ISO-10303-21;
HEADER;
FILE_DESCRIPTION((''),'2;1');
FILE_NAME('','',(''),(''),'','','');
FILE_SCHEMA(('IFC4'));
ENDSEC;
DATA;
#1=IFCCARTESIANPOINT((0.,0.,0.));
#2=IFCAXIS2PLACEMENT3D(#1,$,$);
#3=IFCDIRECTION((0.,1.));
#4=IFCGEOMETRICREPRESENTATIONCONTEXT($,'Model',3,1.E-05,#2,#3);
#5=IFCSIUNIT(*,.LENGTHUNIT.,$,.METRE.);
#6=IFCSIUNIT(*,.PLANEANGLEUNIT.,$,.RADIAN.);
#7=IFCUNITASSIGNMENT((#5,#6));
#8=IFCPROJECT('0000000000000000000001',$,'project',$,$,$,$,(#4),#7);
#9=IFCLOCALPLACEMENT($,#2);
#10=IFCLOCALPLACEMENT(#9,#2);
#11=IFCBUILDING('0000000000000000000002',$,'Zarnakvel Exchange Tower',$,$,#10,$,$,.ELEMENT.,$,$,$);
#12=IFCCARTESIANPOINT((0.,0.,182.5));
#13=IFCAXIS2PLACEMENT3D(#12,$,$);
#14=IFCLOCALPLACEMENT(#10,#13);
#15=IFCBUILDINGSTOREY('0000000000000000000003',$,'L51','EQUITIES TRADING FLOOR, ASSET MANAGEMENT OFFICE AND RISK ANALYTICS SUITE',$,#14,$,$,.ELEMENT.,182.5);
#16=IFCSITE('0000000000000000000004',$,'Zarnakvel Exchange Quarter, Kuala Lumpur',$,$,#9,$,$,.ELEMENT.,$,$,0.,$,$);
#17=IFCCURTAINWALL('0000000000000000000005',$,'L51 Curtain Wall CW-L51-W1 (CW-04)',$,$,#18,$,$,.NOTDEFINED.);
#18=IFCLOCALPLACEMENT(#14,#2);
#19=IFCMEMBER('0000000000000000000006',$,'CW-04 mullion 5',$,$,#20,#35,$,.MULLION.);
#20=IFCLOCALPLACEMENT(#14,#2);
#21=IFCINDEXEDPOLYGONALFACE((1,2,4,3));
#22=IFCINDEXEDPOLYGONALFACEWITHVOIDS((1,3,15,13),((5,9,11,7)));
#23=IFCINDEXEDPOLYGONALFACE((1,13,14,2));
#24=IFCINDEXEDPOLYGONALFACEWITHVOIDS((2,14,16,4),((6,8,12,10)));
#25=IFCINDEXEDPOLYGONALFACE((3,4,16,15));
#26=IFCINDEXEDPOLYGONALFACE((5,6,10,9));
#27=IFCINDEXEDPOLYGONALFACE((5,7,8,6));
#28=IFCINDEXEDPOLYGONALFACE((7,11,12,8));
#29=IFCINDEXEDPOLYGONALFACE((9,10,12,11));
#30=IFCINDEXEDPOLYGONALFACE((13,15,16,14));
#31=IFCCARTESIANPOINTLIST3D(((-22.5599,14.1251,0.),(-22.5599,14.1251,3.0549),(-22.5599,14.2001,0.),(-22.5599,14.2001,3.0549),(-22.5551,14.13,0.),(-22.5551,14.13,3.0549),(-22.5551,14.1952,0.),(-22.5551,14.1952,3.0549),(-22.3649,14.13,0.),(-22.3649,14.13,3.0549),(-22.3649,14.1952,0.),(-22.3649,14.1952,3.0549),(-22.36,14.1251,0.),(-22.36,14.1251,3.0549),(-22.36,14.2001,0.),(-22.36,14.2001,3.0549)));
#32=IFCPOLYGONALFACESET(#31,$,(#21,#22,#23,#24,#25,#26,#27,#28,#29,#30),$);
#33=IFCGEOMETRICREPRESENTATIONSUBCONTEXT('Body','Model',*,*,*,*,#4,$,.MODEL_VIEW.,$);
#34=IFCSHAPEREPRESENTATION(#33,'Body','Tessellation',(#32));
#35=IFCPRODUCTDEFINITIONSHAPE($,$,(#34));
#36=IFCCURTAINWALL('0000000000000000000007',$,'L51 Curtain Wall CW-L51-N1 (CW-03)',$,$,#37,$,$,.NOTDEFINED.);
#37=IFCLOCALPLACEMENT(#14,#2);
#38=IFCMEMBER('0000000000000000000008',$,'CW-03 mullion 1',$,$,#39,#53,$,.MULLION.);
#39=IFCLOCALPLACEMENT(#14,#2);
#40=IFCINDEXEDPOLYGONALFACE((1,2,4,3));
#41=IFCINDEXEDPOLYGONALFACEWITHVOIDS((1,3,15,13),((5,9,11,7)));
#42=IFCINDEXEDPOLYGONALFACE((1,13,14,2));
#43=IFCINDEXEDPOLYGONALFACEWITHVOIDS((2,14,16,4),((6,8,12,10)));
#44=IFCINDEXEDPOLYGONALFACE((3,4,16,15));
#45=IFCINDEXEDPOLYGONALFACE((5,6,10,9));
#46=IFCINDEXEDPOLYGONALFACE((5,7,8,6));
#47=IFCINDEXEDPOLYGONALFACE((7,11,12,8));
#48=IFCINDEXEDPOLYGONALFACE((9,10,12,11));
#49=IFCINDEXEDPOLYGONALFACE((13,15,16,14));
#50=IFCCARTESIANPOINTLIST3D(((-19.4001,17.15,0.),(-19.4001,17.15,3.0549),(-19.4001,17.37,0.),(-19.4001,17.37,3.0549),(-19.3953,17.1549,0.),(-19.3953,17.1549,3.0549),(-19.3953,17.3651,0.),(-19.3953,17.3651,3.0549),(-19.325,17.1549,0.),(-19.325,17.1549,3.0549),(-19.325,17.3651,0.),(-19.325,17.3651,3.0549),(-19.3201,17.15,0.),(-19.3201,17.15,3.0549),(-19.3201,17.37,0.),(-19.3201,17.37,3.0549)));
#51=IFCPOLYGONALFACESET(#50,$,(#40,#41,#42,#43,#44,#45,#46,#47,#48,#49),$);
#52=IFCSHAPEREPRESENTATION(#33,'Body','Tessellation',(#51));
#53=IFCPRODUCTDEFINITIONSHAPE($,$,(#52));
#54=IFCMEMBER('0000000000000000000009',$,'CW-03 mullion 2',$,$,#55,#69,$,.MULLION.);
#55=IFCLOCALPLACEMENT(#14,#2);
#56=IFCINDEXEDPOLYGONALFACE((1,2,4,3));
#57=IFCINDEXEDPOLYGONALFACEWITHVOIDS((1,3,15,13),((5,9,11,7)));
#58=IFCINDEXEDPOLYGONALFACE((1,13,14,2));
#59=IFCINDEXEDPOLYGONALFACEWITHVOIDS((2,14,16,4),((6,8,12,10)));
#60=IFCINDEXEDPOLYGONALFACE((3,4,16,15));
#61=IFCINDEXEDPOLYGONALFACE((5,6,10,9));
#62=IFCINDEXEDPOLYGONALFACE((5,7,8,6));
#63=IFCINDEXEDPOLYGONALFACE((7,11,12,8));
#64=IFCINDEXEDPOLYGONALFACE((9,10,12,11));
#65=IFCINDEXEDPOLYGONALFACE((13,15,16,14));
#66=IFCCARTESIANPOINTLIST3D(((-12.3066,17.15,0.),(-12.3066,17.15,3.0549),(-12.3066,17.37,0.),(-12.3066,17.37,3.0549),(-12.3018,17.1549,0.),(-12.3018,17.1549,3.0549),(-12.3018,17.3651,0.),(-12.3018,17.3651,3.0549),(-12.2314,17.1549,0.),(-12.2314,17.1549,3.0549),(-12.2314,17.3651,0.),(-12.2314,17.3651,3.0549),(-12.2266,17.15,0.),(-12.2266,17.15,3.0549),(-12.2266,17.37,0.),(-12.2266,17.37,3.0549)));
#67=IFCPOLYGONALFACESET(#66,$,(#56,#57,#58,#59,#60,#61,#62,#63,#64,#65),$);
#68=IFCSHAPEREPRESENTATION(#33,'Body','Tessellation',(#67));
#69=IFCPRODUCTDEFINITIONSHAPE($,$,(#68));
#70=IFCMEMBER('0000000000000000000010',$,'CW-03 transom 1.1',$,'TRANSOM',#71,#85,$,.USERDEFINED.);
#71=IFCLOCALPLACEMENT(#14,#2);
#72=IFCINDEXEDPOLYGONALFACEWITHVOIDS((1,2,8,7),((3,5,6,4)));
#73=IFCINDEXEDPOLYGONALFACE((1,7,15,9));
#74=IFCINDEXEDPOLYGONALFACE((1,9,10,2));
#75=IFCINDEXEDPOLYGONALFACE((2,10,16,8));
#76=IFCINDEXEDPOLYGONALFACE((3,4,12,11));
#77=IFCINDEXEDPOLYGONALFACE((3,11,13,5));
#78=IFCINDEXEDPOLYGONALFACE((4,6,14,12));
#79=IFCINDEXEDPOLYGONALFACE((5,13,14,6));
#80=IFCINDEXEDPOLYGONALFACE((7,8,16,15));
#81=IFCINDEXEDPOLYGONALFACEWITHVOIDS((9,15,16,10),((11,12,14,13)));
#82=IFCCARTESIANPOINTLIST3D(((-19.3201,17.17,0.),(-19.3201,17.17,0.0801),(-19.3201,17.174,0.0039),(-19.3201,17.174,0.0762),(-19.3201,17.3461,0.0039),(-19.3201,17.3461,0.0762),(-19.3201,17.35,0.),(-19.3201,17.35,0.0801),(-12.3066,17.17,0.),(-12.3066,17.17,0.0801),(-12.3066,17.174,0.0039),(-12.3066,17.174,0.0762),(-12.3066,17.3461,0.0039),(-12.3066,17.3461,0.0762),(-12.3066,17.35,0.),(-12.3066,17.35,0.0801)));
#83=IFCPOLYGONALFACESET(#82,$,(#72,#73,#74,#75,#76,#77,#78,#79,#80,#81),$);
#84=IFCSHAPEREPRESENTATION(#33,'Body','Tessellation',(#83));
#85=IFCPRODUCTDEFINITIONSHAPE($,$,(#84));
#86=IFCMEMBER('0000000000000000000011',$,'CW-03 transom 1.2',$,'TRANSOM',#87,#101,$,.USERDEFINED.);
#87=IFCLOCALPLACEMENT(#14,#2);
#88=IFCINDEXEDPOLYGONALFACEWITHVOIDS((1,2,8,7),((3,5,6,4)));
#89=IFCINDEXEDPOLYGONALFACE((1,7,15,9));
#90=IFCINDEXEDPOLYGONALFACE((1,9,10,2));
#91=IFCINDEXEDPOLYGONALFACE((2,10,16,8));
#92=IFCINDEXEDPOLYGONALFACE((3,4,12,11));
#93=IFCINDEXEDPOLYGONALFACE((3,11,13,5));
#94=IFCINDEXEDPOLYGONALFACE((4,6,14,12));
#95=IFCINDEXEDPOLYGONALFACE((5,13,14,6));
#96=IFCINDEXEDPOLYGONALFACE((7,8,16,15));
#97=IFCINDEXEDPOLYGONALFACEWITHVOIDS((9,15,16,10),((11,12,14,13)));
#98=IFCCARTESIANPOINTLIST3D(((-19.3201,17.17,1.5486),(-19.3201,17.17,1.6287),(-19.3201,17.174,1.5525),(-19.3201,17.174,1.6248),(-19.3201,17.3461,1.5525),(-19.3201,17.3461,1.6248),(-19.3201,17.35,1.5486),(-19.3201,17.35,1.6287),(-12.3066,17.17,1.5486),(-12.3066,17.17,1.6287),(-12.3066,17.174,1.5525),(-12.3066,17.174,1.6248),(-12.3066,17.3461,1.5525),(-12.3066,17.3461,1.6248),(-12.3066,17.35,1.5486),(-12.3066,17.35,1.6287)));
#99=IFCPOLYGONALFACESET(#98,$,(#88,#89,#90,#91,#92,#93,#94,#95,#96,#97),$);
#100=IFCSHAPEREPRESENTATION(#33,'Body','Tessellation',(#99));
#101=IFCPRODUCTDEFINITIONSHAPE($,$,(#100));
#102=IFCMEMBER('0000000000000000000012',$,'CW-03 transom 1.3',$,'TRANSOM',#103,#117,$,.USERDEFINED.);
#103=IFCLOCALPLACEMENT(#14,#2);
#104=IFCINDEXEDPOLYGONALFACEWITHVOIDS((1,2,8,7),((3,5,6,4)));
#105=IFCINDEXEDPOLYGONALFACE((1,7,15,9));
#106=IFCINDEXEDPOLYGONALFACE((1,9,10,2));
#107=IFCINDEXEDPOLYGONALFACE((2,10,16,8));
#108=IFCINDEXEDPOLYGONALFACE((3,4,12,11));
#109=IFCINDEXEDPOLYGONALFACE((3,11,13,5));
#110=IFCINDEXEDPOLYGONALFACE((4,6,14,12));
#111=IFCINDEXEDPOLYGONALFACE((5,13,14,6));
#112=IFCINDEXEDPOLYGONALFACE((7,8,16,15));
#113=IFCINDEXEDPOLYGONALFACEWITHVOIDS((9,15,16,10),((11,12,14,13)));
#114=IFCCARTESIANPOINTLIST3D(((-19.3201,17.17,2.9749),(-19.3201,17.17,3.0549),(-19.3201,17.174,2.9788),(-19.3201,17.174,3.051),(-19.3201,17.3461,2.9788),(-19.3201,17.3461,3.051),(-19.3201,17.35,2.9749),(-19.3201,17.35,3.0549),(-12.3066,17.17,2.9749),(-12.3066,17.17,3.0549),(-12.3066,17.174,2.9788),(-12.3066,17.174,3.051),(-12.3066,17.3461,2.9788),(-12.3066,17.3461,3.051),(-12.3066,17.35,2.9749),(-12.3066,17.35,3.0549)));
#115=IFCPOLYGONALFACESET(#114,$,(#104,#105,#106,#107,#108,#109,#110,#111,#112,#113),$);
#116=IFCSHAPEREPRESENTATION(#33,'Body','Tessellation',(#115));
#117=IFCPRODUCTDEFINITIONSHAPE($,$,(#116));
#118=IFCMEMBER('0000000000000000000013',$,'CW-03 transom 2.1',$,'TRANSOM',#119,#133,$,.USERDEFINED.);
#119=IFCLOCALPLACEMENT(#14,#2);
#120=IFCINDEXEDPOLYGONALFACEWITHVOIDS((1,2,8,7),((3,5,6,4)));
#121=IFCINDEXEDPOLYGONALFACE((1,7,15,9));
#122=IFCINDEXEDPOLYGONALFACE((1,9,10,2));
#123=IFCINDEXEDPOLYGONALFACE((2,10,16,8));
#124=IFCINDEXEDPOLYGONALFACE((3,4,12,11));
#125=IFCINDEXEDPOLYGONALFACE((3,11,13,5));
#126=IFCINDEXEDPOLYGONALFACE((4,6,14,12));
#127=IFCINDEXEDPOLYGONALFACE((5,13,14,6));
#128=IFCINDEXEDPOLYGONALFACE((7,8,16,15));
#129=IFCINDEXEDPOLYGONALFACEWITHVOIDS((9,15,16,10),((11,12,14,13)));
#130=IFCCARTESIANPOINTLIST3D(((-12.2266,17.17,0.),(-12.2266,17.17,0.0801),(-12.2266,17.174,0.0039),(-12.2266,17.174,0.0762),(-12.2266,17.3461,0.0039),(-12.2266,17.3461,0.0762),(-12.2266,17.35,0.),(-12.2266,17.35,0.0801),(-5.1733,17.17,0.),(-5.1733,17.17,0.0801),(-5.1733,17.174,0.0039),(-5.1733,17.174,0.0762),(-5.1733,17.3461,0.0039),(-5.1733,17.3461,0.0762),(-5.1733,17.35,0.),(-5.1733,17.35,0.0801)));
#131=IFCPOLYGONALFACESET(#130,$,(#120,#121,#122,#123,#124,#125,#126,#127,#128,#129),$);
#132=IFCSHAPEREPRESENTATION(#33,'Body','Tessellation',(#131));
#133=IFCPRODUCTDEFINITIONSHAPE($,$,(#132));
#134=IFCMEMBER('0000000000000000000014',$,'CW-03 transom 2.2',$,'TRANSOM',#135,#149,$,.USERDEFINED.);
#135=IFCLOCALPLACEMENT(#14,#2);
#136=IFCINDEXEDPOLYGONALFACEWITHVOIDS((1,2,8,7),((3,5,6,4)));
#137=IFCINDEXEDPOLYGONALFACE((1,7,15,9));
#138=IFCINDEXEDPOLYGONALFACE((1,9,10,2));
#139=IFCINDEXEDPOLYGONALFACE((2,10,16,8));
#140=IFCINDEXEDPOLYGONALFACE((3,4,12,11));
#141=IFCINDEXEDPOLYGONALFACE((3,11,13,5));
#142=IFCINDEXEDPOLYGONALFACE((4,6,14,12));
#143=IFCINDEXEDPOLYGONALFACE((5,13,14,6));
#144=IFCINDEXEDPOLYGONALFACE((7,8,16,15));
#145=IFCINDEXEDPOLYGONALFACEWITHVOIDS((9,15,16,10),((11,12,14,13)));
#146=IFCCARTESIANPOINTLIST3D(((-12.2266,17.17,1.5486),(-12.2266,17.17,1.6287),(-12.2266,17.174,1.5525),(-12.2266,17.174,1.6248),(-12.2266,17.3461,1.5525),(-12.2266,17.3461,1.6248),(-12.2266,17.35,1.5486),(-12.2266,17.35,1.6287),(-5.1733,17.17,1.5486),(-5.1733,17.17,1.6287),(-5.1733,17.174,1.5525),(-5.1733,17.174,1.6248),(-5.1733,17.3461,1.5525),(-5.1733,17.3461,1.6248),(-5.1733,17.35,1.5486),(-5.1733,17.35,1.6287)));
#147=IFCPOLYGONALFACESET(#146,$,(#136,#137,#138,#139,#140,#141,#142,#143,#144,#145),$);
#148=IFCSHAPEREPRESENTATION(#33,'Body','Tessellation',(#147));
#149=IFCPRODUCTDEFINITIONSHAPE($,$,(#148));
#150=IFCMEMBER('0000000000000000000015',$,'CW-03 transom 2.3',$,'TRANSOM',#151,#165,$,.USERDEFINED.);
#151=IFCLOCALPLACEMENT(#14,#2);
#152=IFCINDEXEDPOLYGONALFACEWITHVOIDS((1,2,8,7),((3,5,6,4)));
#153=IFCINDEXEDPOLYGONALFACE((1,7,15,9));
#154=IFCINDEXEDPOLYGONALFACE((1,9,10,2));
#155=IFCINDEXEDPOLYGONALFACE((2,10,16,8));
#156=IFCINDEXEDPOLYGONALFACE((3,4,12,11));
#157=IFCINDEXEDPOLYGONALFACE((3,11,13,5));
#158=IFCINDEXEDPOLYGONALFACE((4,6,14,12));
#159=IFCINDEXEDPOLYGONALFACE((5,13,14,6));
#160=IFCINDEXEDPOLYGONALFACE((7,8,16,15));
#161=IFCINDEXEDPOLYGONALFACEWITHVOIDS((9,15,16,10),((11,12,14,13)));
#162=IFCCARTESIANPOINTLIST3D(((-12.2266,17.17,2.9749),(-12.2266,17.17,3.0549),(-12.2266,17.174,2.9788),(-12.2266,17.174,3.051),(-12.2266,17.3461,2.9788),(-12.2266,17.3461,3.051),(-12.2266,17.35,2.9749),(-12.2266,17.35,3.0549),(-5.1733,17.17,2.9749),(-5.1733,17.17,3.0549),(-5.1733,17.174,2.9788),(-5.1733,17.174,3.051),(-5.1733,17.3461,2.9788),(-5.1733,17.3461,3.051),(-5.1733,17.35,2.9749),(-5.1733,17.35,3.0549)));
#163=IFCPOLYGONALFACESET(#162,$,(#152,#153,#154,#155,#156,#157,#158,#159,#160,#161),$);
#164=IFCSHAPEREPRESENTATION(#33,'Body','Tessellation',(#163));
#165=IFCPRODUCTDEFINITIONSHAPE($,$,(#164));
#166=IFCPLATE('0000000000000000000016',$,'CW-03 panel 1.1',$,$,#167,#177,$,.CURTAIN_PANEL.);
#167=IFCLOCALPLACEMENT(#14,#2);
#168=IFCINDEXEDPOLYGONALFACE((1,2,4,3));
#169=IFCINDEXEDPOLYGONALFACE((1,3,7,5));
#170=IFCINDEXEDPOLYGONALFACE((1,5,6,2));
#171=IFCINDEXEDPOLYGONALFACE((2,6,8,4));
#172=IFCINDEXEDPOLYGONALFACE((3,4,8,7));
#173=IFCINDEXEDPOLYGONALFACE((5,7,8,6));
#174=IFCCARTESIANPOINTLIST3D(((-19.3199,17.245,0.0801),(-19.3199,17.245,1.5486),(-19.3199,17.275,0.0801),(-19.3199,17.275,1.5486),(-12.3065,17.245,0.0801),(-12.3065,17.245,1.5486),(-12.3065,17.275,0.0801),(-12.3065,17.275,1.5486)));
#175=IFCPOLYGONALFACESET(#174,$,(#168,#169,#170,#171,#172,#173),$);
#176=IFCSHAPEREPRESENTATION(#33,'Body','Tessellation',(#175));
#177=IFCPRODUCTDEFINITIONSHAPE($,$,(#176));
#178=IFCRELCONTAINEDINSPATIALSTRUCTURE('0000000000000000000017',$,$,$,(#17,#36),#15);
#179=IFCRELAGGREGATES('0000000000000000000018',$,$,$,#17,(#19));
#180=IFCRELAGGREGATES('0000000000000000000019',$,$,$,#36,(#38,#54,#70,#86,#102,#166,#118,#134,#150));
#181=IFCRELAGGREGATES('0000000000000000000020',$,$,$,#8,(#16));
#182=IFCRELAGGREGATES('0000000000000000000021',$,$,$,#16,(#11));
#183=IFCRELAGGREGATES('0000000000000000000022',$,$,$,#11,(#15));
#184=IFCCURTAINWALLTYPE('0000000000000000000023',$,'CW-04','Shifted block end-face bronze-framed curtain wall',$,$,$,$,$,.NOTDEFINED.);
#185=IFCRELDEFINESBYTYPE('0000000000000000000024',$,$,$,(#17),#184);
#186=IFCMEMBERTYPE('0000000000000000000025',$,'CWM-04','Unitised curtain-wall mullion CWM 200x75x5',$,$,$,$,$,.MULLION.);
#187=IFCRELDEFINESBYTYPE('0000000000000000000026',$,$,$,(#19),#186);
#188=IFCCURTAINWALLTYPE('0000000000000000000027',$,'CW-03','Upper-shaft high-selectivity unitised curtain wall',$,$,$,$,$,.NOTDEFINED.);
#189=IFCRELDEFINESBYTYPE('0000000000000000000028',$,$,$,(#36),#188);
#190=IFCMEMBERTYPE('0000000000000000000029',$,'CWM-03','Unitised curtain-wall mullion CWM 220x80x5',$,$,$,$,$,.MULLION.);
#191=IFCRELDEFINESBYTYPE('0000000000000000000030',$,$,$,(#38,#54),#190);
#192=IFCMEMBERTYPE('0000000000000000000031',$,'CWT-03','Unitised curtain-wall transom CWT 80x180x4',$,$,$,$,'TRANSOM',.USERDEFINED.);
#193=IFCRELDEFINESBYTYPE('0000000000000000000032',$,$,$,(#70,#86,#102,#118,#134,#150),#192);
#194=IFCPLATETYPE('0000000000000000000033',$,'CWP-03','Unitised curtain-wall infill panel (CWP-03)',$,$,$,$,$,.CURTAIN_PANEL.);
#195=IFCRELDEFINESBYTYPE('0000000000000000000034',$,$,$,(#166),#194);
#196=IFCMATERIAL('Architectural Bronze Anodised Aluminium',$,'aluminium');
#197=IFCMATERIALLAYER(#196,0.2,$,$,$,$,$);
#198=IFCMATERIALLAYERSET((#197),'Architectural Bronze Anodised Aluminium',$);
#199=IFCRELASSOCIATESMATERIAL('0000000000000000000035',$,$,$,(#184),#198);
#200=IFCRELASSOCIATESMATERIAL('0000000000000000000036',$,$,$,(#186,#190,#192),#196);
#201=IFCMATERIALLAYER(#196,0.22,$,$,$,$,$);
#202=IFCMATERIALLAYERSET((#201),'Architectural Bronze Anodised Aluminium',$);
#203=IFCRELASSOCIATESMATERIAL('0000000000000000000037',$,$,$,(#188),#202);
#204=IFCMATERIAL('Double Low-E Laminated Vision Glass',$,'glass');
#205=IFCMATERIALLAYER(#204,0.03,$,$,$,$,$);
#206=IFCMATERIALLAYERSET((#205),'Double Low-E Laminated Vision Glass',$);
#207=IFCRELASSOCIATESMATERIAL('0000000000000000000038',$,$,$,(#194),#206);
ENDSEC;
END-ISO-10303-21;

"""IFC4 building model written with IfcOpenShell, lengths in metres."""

from ifc_helpers import new_model, si_unit, direction, frame, origin, origin_2d, place, context, subcontext, project, spatial, rectangle, hollow_rectangle, extrude, source, transform, mapped, material, layer, layer_set, material_profile, profile_set, type_object, element, aggregate, save


model = new_model("IFC4")

# Units and contexts
model_context = context("Model", 3, precision=1e-05, world=origin(), true_north=direction((0.0, 1.0)))
body_context = subcontext(model_context, "Body", "Model", "MODEL_VIEW")
ifc_project = project(units=[si_unit("LENGTHUNIT", "METRE"), si_unit("PLANEANGLEUNIT", "RADIAN")], contexts=[model_context])

# Site, building, storey
site_placement = place(None, origin())
site = spatial("IfcSite", under=ifc_project, at=site_placement, Name="Zarnakvel Exchange Quarter, Kuala Lumpur", CompositionType="ELEMENT", RefElevation=0.0)
building_placement = place(site_placement, origin())
building = spatial("IfcBuilding", under=site, at=building_placement, Name="Zarnakvel Exchange Tower", CompositionType="ELEMENT")
storey_placement = place(building_placement, frame((0.0, 0.0, 182.5)))
storey = spatial("IfcBuildingStorey", under=building, at=storey_placement, Name="L51", Description="EQUITIES TRADING FLOOR, ASSET MANAGEMENT OFFICE AND RISK ANALYTICS SUITE", CompositionType="ELEMENT", Elevation=182.5)

# Curtain wall, member
ifc_material_1 = material(Name="Architectural Bronze Anodised Aluminium", Category="aluminium")
ifc_layer_1 = layer(ifc_material_1, 0.2)
ifc_layer_set_1 = layer_set([ifc_layer_1], Name="Architectural Bronze Anodised Aluminium")
curtain_wall_type_1 = type_object("IfcCurtainWallType", Name="CW-04", Description="Shifted block end-face bronze-framed curtain wall", PredefinedType="NOTDEFINED", material=ifc_layer_set_1)
curtain_wall_1_placement = place(storey_placement, origin())
curtain_wall_1 = element("IfcCurtainWall", 1, at=curtain_wall_1_placement, inside=storey, type_object=curtain_wall_type_1, Name="L51 Curtain Wall CW-L51-W1 (CW-04)", PredefinedType="NOTDEFINED")
ifc_material_profile_1 = material_profile(ifc_material_1, hollow_rectangle(XDim=0.2, YDim=0.075, WallThickness=0.0049, at=origin_2d()))
ifc_profile_set_1 = profile_set([ifc_material_profile_1], Name="Architectural Bronze Anodised Aluminium")
member_type_1 = type_object("IfcMemberType", Name="CWM-04", Description="Unitised curtain-wall mullion CWM 200x75x5", PredefinedType="MULLION", material=ifc_profile_set_1)
shared_shape_1 = source(origin(), body_context, "Body", "SweptSolid", [
    extrude(hollow_rectangle(XDim=0.2, YDim=0.075, WallThickness=0.0049, at=origin_2d()), origin(), (0.0, 0.0, 1.0), 3.0549),
])
member_1_placement = place(storey_placement, frame((-22.46, 14.1626, 0.0), z_axis=(0.0, 0.0, 1.0), x_axis=(-1.0, 0.0, 0.0)))
member_1 = element("IfcMember", 2, at=member_1_placement, type_object=member_type_1, Name="CW-04 mullion 5", PredefinedType="MULLION", context=body_context, shape_type="MappedRepresentation", body=[
    mapped(shared_shape_1, transform((0.0, 0.0, 0.0), x_axis=(1.0, 0.0, 0.0), y_axis=(0.0, 1.0, 0.0), z_axis=(0.0, 0.0, 1.0), scale=1.0)),
])
aggregate(curtain_wall_1, [member_1])

# Curtain wall, members, plate
ifc_layer_2 = layer(ifc_material_1, 0.22)
ifc_layer_set_2 = layer_set([ifc_layer_2], Name="Architectural Bronze Anodised Aluminium")
curtain_wall_type_2 = type_object("IfcCurtainWallType", Name="CW-03", Description="Upper-shaft high-selectivity unitised curtain wall", PredefinedType="NOTDEFINED", material=ifc_layer_set_2)
curtain_wall_2_placement = place(storey_placement, origin())
curtain_wall_2 = element("IfcCurtainWall", 3, at=curtain_wall_2_placement, inside=storey, type_object=curtain_wall_type_2, Name="L51 Curtain Wall CW-L51-N1 (CW-03)", PredefinedType="NOTDEFINED")
ifc_material_profile_2 = material_profile(ifc_material_1, hollow_rectangle(XDim=0.22, YDim=0.0801, WallThickness=0.0049, at=origin_2d()))
ifc_profile_set_2 = profile_set([ifc_material_profile_2], Name="Architectural Bronze Anodised Aluminium")
member_type_2 = type_object("IfcMemberType", Name="CWM-03", Description="Unitised curtain-wall mullion CWM 220x80x5", PredefinedType="MULLION", material=ifc_profile_set_2)
shared_shape_2 = source(origin(), body_context, "Body", "SweptSolid", [
    extrude(hollow_rectangle(XDim=0.22, YDim=0.0801, WallThickness=0.0049, at=origin_2d()), origin(), (0.0, 0.0, 1.0), 3.0549),
])
member_2_placement = place(storey_placement, frame((-19.3601, 17.26, 0.0), z_axis=(0.0, 0.0, 1.0), x_axis=(0.0, 1.0, 0.0)))
member_2 = element("IfcMember", 4, at=member_2_placement, type_object=member_type_2, Name="CW-03 mullion 1", PredefinedType="MULLION", context=body_context, shape_type="MappedRepresentation", body=[
    mapped(shared_shape_2, transform((0.0, 0.0, 0.0), x_axis=(1.0, 0.0, 0.0), y_axis=(0.0, 1.0, 0.0), z_axis=(0.0, 0.0, 1.0), scale=1.0)),
])
member_3_placement = place(storey_placement, frame((-12.2666, 17.26, 0.0), z_axis=(0.0, 0.0, 1.0), x_axis=(0.0, 1.0, 0.0)))
member_3 = element("IfcMember", 5, at=member_3_placement, type_object=member_type_2, Name="CW-03 mullion 2", PredefinedType="MULLION", context=body_context, shape_type="MappedRepresentation", body=[
    mapped(shared_shape_2, transform((0.0, 0.0, 0.0), x_axis=(1.0, 0.0, 0.0), y_axis=(0.0, 1.0, 0.0), z_axis=(0.0, 0.0, 1.0), scale=1.0)),
])
ifc_material_profile_3 = material_profile(ifc_material_1, hollow_rectangle(XDim=0.1799, YDim=0.0801, WallThickness=0.0039, at=origin_2d()))
ifc_profile_set_3 = profile_set([ifc_material_profile_3], Name="Architectural Bronze Anodised Aluminium")
member_type_3 = type_object("IfcMemberType", Name="CWT-03", Description="Unitised curtain-wall transom CWT 80x180x4", ElementType="TRANSOM", PredefinedType="USERDEFINED", material=ifc_profile_set_3)
shared_shape_3 = source(origin(), body_context, "Body", "SweptSolid", [
    extrude(hollow_rectangle(XDim=0.1799, YDim=0.0801, WallThickness=0.0039, at=origin_2d()), origin(), (0.0, 0.0, 1.0), 7.0134),
])
member_4_placement = place(storey_placement, frame((-19.3201, 17.26, 0.04), z_axis=(1.0, 0.0, 0.0), x_axis=(0.0, 1.0, 0.0)))
member_4 = element("IfcMember", 6, at=member_4_placement, type_object=member_type_3, Name="CW-03 transom 1.1", ObjectType="TRANSOM", PredefinedType="USERDEFINED", context=body_context, shape_type="MappedRepresentation", body=[
    mapped(shared_shape_3, transform((0.0, 0.0, 0.0), x_axis=(1.0, 0.0, 0.0), y_axis=(0.0, 1.0, 0.0), z_axis=(0.0, 0.0, 1.0), scale=1.0)),
])
member_5_placement = place(storey_placement, frame((-19.3201, 17.26, 1.5886), z_axis=(1.0, 0.0, 0.0), x_axis=(0.0, 1.0, 0.0)))
member_5 = element("IfcMember", 7, at=member_5_placement, type_object=member_type_3, Name="CW-03 transom 1.2", ObjectType="TRANSOM", PredefinedType="USERDEFINED", context=body_context, shape_type="MappedRepresentation", body=[
    mapped(shared_shape_3, transform((0.0, 0.0, 0.0), x_axis=(1.0, 0.0, 0.0), y_axis=(0.0, 1.0, 0.0), z_axis=(0.0, 0.0, 1.0), scale=1.0)),
])
member_6_placement = place(storey_placement, frame((-19.3201, 17.26, 3.0149), z_axis=(1.0, 0.0, 0.0), x_axis=(0.0, 1.0, 0.0)))
member_6 = element("IfcMember", 8, at=member_6_placement, type_object=member_type_3, Name="CW-03 transom 1.3", ObjectType="TRANSOM", PredefinedType="USERDEFINED", context=body_context, shape_type="MappedRepresentation", body=[
    mapped(shared_shape_3, transform((0.0, 0.0, 0.0), x_axis=(1.0, 0.0, 0.0), y_axis=(0.0, 1.0, 0.0), z_axis=(0.0, 0.0, 1.0), scale=1.0)),
])
shared_shape_4 = source(origin(), body_context, "Body", "SweptSolid", [
    extrude(hollow_rectangle(XDim=0.1799, YDim=0.0801, WallThickness=0.0039, at=origin_2d()), origin(), (0.0, 0.0, 1.0), 7.0532),
])
member_7_placement = place(storey_placement, frame((-12.2266, 17.26, 0.04), z_axis=(1.0, 0.0, 0.0), x_axis=(0.0, 1.0, 0.0)))
member_7 = element("IfcMember", 9, at=member_7_placement, type_object=member_type_3, Name="CW-03 transom 2.1", ObjectType="TRANSOM", PredefinedType="USERDEFINED", context=body_context, shape_type="MappedRepresentation", body=[
    mapped(shared_shape_4, transform((0.0, 0.0, 0.0), x_axis=(1.0, 0.0, 0.0), y_axis=(0.0, 1.0, 0.0), z_axis=(0.0, 0.0, 1.0), scale=1.0)),
])
member_8_placement = place(storey_placement, frame((-12.2266, 17.26, 1.5886), z_axis=(1.0, 0.0, 0.0), x_axis=(0.0, 1.0, 0.0)))
member_8 = element("IfcMember", 10, at=member_8_placement, type_object=member_type_3, Name="CW-03 transom 2.2", ObjectType="TRANSOM", PredefinedType="USERDEFINED", context=body_context, shape_type="MappedRepresentation", body=[
    mapped(shared_shape_4, transform((0.0, 0.0, 0.0), x_axis=(1.0, 0.0, 0.0), y_axis=(0.0, 1.0, 0.0), z_axis=(0.0, 0.0, 1.0), scale=1.0)),
])
member_9_placement = place(storey_placement, frame((-12.2266, 17.26, 3.0149), z_axis=(1.0, 0.0, 0.0), x_axis=(0.0, 1.0, 0.0)))
member_9 = element("IfcMember", 11, at=member_9_placement, type_object=member_type_3, Name="CW-03 transom 2.3", ObjectType="TRANSOM", PredefinedType="USERDEFINED", context=body_context, shape_type="MappedRepresentation", body=[
    mapped(shared_shape_4, transform((0.0, 0.0, 0.0), x_axis=(1.0, 0.0, 0.0), y_axis=(0.0, 1.0, 0.0), z_axis=(0.0, 0.0, 1.0), scale=1.0)),
])
ifc_material_2 = material(Name="Double Low-E Laminated Vision Glass", Category="glass")
ifc_layer_3 = layer(ifc_material_2, 0.03)
ifc_layer_set_3 = layer_set([ifc_layer_3], Name="Double Low-E Laminated Vision Glass")
plate_type = type_object("IfcPlateType", Name="CWP-03", Description="Unitised curtain-wall infill panel (CWP-03)", PredefinedType="CURTAIN_PANEL", material=ifc_layer_set_3)
shared_shape_5 = source(origin(), body_context, "Body", "SweptSolid", [
    extrude(rectangle(XDim=7.0134, YDim=0.03, at=origin_2d()), origin(), (0.0, 0.0, 1.0), 1.4685),
])
plate_1_placement = place(storey_placement, frame((-15.8132, 17.26, 0.0801), z_axis=(0.0, 0.0, 1.0), x_axis=(1.0, 0.0, 0.0)))
plate_1 = element("IfcPlate", 12, at=plate_1_placement, type_object=plate_type, Name="CW-03 panel 1.1", PredefinedType="CURTAIN_PANEL", context=body_context, shape_type="MappedRepresentation", body=[
    mapped(shared_shape_5, transform((0.0, 0.0, 0.0), x_axis=(1.0, 0.0, 0.0), y_axis=(0.0, 1.0, 0.0), z_axis=(0.0, 0.0, 1.0), scale=1.0)),
])
aggregate(curtain_wall_2, [member_2, member_3, member_4, member_5, member_6, plate_1, member_7, member_8, member_9])

save(model, "model.ifc")
